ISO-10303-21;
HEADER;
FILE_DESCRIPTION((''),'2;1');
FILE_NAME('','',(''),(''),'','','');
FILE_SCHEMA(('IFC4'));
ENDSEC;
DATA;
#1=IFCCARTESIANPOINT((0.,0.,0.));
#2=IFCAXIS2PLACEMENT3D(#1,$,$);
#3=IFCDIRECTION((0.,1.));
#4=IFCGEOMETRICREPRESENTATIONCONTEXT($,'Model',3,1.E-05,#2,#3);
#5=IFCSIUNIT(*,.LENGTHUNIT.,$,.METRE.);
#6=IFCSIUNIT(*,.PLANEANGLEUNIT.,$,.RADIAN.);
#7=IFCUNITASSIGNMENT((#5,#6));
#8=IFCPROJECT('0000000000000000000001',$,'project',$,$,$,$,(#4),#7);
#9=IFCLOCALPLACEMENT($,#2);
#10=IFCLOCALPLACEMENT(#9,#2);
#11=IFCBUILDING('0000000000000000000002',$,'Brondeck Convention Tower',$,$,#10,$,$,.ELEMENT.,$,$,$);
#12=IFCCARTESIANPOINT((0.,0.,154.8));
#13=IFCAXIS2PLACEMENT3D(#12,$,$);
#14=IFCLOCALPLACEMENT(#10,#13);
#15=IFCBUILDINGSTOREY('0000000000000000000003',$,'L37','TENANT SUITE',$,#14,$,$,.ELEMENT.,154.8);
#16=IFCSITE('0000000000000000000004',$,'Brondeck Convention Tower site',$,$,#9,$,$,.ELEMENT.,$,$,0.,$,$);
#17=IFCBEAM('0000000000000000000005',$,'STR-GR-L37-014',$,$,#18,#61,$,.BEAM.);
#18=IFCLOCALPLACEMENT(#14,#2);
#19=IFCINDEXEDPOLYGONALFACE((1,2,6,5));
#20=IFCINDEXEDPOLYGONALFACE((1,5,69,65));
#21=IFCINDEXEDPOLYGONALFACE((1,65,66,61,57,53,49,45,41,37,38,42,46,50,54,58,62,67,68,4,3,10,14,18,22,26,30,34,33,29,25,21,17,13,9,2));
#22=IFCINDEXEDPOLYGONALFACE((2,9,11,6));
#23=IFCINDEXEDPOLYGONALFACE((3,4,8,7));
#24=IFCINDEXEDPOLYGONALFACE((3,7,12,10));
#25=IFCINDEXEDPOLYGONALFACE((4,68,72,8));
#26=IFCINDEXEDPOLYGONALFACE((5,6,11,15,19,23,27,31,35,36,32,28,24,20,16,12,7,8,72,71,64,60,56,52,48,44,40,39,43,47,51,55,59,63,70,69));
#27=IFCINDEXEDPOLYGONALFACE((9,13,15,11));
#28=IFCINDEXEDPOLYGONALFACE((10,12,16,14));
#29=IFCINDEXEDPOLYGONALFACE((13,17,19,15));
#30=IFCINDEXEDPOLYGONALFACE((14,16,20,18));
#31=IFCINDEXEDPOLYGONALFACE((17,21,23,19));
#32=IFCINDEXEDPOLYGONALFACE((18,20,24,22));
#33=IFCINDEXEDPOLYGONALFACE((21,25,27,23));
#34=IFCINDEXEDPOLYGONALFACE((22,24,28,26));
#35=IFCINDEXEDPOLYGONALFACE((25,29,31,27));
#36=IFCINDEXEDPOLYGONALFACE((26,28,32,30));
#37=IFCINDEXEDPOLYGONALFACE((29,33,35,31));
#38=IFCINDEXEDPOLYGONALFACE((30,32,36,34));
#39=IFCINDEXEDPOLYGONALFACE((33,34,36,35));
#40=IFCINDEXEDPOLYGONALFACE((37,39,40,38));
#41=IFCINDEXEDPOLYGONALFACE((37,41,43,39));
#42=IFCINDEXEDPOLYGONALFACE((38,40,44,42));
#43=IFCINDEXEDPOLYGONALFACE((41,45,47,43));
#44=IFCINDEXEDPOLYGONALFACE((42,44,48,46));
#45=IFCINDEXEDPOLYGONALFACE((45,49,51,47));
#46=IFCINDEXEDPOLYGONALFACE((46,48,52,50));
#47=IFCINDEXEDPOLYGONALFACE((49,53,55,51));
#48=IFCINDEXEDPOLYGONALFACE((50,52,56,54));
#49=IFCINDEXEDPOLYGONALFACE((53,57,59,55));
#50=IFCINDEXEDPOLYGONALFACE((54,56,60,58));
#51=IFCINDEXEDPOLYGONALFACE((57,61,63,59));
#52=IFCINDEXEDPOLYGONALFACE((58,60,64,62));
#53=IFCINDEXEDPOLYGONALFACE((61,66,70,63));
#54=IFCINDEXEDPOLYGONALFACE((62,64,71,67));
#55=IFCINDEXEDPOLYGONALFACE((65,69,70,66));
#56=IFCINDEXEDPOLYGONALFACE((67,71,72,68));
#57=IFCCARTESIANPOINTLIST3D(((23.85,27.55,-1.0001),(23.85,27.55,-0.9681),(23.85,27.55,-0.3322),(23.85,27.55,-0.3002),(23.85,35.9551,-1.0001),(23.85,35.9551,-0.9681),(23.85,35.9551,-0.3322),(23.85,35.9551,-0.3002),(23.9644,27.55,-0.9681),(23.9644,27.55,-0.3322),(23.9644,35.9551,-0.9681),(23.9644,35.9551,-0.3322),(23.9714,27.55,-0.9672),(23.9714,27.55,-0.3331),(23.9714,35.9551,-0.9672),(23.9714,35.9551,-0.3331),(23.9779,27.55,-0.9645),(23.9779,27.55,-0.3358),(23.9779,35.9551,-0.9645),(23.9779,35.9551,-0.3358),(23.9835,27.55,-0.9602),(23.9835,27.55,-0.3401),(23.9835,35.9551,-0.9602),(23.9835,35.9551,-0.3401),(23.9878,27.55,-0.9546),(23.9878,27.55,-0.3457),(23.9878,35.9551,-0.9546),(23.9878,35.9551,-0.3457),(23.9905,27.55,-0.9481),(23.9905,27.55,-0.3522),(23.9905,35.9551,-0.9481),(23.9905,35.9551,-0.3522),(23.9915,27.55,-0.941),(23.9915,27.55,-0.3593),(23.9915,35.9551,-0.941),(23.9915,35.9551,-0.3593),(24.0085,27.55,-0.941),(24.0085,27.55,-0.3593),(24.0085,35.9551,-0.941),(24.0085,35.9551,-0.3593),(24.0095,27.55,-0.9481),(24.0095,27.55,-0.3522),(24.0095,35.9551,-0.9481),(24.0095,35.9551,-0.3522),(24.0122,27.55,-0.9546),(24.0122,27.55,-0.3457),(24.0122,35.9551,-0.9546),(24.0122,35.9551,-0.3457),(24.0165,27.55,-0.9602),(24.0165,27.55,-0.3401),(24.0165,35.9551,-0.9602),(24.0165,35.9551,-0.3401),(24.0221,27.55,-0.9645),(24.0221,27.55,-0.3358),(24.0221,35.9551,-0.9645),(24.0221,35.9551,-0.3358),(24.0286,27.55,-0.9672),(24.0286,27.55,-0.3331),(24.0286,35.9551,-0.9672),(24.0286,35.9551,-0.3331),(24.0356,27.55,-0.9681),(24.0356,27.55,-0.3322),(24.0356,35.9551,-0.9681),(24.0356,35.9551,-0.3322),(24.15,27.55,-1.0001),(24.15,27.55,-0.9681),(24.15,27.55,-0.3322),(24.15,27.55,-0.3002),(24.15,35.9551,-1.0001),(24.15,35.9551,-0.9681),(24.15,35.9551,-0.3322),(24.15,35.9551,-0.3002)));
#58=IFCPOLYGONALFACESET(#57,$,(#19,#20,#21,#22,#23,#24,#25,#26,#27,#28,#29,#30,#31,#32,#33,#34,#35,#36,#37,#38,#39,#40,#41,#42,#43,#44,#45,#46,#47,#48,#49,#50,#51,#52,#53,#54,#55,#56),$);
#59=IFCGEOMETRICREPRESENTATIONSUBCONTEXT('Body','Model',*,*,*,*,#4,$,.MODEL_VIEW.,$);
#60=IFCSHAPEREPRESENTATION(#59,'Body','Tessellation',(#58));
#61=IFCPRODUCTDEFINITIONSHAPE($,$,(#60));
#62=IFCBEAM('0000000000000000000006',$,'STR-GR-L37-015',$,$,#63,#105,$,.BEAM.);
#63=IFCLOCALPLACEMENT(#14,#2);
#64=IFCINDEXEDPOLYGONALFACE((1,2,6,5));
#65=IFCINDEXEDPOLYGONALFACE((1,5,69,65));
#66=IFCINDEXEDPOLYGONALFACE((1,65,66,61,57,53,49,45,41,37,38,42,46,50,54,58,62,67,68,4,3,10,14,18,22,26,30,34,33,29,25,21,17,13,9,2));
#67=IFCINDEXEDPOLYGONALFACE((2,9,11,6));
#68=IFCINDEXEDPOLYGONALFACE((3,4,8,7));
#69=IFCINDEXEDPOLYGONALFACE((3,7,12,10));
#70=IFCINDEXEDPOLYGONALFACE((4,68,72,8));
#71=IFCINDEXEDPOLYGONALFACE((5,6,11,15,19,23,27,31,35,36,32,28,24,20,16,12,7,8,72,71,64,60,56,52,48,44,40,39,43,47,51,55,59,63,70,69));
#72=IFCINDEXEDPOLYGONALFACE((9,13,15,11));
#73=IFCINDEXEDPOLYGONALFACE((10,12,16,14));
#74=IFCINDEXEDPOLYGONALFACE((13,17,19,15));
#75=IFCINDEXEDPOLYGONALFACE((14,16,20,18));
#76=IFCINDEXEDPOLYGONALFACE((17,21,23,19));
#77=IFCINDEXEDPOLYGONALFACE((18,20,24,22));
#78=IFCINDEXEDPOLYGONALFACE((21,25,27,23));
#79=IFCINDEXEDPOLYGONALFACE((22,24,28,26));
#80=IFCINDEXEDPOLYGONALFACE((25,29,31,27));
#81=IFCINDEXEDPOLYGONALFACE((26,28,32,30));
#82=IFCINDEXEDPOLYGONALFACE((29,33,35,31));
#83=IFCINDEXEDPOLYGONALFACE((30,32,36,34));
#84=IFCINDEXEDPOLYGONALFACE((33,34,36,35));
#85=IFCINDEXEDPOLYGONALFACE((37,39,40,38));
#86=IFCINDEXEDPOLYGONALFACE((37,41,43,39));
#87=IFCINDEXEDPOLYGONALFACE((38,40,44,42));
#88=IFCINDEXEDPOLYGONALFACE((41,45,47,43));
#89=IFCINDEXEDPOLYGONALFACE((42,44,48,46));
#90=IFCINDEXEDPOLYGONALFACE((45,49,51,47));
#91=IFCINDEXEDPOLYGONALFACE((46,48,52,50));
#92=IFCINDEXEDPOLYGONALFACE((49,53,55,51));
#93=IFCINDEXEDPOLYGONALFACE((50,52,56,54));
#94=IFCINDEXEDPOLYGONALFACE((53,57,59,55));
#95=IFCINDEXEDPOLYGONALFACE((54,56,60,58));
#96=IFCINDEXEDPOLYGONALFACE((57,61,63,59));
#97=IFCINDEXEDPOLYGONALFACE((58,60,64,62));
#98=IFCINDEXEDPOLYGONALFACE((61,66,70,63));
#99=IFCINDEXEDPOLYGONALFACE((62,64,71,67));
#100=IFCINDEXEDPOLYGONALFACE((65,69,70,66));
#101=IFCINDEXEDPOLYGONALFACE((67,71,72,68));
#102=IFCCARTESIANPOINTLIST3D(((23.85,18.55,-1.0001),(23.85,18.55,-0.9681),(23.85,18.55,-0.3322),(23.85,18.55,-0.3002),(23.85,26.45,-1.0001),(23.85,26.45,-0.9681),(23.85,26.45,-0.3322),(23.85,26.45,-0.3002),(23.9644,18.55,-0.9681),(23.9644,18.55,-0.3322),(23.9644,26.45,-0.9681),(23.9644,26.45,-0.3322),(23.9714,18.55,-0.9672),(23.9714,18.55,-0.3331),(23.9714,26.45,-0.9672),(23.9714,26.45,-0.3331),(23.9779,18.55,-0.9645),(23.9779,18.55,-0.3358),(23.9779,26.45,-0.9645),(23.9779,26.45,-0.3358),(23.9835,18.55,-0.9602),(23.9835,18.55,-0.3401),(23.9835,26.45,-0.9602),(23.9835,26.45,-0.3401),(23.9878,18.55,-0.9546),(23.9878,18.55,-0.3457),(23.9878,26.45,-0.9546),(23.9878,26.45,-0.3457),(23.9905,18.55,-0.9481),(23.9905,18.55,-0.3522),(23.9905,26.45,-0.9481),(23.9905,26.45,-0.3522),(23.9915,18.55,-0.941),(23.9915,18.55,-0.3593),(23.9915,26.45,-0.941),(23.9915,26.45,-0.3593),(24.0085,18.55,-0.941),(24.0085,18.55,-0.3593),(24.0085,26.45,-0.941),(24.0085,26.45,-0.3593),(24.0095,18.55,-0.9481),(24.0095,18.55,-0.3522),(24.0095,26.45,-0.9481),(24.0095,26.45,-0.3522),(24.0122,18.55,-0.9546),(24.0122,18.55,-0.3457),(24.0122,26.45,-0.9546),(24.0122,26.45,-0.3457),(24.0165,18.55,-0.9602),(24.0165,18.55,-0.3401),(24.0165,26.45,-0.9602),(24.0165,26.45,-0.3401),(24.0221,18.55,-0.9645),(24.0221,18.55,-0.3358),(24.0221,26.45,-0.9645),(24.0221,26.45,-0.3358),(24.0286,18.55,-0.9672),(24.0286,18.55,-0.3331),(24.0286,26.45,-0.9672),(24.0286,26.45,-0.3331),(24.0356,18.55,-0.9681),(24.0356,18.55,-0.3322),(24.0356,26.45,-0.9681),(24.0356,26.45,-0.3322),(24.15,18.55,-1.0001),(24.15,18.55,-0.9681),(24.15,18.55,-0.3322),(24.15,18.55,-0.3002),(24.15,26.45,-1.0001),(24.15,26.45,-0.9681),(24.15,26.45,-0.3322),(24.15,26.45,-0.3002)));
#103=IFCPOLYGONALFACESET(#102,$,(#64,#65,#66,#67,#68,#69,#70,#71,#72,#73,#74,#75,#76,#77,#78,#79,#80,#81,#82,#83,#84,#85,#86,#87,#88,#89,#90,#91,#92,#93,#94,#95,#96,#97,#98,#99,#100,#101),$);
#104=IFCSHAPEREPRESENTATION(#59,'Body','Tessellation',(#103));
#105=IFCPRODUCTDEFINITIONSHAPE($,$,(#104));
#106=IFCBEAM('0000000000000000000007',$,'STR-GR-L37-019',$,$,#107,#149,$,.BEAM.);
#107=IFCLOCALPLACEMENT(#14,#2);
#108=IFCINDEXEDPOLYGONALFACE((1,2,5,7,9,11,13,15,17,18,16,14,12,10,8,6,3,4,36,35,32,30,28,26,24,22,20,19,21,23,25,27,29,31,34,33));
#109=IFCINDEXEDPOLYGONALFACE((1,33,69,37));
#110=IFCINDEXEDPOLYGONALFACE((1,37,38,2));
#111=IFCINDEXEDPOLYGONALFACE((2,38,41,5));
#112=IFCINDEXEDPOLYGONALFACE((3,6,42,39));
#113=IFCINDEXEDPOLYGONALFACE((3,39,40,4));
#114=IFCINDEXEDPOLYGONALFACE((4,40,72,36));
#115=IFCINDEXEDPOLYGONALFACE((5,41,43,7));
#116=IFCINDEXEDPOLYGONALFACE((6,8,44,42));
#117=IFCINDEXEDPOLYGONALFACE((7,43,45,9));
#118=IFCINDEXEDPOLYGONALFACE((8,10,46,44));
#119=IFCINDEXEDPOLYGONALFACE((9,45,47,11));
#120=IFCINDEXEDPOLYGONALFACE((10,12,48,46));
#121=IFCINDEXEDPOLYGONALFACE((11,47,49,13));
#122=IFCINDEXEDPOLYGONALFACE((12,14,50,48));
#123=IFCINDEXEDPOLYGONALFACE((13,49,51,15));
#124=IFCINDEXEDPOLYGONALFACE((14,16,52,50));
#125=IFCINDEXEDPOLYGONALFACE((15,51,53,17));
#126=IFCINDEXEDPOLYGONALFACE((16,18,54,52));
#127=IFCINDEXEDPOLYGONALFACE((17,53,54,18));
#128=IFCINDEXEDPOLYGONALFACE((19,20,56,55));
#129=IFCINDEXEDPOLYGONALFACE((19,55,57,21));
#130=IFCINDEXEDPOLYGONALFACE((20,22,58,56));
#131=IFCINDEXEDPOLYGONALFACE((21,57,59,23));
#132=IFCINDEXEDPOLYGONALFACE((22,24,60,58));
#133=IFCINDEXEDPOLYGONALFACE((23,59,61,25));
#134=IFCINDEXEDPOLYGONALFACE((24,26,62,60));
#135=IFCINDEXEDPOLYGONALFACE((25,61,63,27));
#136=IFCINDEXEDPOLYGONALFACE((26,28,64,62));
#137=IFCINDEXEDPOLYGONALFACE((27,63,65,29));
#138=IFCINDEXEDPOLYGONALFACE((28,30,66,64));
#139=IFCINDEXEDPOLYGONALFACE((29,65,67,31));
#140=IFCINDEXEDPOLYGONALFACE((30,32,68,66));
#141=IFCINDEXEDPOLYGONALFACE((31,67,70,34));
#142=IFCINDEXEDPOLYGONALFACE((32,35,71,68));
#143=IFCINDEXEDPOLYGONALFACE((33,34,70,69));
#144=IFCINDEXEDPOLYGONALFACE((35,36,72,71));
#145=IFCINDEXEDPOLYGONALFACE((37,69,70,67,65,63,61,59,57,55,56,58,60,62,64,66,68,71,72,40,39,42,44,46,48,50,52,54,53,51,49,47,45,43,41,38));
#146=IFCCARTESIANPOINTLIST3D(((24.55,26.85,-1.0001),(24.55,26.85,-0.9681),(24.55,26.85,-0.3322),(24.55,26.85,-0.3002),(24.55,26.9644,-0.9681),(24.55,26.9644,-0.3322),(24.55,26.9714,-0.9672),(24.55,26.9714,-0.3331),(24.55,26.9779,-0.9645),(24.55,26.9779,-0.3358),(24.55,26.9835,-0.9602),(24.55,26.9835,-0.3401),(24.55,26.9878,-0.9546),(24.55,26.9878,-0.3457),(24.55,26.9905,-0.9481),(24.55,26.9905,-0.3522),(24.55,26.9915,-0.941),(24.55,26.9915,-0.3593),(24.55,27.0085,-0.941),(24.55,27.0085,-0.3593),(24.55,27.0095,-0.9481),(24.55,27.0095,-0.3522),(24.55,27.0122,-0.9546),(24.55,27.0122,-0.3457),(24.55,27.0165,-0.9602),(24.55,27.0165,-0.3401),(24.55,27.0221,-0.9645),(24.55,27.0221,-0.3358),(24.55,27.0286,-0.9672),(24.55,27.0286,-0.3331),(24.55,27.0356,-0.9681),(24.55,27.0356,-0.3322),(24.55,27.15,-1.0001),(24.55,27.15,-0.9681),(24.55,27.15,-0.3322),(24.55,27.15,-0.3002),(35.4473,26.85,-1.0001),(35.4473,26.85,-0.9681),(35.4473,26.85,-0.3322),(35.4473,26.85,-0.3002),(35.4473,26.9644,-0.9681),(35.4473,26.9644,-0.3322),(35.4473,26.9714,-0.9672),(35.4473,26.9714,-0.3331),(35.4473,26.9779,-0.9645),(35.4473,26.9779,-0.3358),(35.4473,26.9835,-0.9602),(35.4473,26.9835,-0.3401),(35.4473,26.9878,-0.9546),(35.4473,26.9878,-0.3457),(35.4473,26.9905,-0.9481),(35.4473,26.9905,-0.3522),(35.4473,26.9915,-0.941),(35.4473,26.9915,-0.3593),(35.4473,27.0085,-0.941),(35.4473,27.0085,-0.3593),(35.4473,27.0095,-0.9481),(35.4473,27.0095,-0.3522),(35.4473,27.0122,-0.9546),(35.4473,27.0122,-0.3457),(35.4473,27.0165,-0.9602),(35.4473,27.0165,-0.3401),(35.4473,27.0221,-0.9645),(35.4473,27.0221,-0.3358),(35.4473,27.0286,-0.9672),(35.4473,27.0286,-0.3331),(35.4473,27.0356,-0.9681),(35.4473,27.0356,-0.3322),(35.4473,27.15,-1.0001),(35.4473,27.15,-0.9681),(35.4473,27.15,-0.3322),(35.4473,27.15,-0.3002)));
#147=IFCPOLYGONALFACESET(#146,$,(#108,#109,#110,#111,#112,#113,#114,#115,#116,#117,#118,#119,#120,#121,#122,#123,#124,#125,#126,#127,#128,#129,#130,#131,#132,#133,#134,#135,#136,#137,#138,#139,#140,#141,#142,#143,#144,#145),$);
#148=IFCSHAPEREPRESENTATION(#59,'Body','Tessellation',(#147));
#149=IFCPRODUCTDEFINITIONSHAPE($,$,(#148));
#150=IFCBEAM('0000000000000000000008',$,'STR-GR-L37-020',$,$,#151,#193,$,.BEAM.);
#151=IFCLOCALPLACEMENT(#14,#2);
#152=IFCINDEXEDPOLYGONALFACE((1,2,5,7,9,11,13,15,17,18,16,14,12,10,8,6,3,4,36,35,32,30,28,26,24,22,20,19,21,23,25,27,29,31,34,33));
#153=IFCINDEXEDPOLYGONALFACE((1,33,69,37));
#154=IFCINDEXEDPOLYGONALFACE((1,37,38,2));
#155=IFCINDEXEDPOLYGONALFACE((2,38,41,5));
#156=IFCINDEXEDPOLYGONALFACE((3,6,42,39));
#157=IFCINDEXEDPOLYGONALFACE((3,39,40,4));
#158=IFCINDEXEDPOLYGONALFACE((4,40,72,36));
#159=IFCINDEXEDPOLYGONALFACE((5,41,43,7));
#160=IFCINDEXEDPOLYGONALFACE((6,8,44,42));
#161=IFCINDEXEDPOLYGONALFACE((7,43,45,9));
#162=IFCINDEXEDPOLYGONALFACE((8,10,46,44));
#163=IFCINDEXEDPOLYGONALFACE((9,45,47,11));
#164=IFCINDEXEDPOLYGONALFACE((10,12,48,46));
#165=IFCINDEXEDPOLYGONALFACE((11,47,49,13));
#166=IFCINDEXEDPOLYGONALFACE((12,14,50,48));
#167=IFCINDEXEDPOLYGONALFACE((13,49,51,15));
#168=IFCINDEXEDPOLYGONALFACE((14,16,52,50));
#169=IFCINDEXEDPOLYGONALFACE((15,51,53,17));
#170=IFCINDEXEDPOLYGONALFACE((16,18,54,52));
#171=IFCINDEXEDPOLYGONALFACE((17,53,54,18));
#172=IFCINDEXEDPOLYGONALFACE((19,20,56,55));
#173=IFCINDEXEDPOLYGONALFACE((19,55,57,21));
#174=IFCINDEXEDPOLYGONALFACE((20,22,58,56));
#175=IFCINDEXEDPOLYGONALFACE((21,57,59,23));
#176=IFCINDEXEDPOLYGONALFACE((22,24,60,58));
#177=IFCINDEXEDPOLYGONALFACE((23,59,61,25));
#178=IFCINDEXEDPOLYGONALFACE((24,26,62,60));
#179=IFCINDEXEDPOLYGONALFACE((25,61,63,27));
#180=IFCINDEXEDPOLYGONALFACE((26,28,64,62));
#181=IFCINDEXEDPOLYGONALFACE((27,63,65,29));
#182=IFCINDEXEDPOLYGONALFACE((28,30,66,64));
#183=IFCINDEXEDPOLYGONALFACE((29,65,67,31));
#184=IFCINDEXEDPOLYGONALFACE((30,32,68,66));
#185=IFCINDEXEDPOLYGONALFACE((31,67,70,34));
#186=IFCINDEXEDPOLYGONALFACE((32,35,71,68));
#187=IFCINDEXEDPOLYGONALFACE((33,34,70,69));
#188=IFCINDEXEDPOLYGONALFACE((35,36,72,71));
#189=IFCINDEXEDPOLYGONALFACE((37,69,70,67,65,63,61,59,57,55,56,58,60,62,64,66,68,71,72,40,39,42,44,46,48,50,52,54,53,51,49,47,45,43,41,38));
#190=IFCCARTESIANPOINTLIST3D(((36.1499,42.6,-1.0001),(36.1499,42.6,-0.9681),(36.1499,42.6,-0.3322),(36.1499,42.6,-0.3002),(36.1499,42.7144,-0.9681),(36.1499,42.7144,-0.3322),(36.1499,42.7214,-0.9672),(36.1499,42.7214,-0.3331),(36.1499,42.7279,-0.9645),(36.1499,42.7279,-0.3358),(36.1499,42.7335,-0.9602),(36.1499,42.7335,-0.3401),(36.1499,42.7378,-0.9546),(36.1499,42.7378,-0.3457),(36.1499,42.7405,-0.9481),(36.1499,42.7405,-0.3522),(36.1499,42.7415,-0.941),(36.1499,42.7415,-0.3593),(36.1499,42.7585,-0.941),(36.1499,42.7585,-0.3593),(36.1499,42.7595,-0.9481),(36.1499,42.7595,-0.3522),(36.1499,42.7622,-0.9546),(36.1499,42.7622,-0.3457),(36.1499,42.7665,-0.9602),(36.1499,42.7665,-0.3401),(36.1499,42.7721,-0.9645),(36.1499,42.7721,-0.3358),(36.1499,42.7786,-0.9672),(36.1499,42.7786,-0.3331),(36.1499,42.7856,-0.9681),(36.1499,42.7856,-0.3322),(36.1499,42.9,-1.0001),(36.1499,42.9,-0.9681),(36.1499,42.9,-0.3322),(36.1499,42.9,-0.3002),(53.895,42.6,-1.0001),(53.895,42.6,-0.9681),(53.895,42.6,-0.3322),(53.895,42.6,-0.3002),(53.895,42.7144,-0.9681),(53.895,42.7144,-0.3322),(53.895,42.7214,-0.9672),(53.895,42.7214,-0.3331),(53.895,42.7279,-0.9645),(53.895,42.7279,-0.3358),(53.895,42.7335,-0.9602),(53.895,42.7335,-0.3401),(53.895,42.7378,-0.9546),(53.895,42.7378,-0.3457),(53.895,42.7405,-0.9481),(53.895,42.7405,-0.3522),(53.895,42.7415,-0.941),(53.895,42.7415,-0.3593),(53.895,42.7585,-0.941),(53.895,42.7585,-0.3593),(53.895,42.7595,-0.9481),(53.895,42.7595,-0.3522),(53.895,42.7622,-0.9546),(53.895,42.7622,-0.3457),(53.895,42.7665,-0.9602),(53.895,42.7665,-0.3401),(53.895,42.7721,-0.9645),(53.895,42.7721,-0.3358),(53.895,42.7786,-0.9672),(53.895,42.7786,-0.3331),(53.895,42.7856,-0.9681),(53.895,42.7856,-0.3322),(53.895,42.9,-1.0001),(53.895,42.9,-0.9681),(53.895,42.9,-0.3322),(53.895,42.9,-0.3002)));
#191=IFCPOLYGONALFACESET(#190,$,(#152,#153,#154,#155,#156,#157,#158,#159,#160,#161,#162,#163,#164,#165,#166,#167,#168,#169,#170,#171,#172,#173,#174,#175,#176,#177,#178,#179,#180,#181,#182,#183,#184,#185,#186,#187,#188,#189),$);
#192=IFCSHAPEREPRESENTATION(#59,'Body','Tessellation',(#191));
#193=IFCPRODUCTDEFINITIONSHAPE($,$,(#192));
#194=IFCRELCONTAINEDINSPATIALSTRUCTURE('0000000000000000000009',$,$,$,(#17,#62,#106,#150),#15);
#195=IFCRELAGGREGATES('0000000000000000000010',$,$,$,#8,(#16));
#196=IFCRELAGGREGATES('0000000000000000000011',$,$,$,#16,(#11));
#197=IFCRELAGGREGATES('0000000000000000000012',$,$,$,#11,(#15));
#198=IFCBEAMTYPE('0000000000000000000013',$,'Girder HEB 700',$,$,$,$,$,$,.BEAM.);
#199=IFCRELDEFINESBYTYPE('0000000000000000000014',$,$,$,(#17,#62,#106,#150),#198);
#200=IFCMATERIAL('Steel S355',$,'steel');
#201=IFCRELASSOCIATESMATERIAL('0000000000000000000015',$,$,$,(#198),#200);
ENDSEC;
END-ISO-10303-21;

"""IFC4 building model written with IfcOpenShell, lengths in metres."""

from ifc_helpers import new_model, si_unit, direction, frame, origin, origin_2d, place, context, subcontext, project, spatial, i_section, extrude, material, material_profile, profile_set, type_object, element, save


model = new_model("IFC4")

# Units and contexts
model_context = context("Model", 3, precision=1e-05, world=origin(), true_north=direction((0.0, 1.0)))
body_context = subcontext(model_context, "Body", "Model", "MODEL_VIEW")
ifc_project = project(units=[si_unit("LENGTHUNIT", "METRE"), si_unit("PLANEANGLEUNIT", "RADIAN")], contexts=[model_context])

# Site, building, storey
site_placement = place(None, origin())
site = spatial("IfcSite", under=ifc_project, at=site_placement, Name="Brondeck Convention Tower site", CompositionType="ELEMENT", RefElevation=0.0)
building_placement = place(site_placement, origin())
building = spatial("IfcBuilding", under=site, at=building_placement, Name="Brondeck Convention Tower", CompositionType="ELEMENT")
storey_placement = place(building_placement, frame((0.0, 0.0, 154.8)))
storey = spatial("IfcBuildingStorey", under=building, at=storey_placement, Name="L37", Description="TENANT SUITE", CompositionType="ELEMENT", Elevation=154.8)

# Beams
ifc_material_1 = material(Name="Steel S355", Category="steel")
ifc_material_profile_1 = material_profile(ifc_material_1, i_section(OverallWidth=0.3, OverallDepth=0.7, WebThickness=0.0171, FlangeThickness=0.032, FilletRadius=0.0271, at=origin_2d()), Name="HEB 700")
ifc_profile_set_1 = profile_set([ifc_material_profile_1], Name="Steel S355")
beam_type_1 = type_object("IfcBeamType", Name="Girder HEB 700", PredefinedType="BEAM", material=ifc_profile_set_1)
beam_1_placement = place(storey_placement, frame((24.0, 35.9551, -0.6501), z_axis=(0.0, -1.0, 0.0), x_axis=(1.0, 0.0, 0.0)))
element("IfcBeam", 1, at=beam_1_placement, inside=storey, type_object=beam_type_1, Name="STR-GR-L37-014", PredefinedType="BEAM", context=body_context, shape_type="SweptSolid", body=[
    extrude(i_section(OverallWidth=0.3, OverallDepth=0.7, WebThickness=0.0171, FlangeThickness=0.032, FilletRadius=0.0271, at=origin_2d()), origin(), (0.0, 0.0, 1.0), 8.405),
])
beam_2_placement = place(storey_placement, frame((24.0, 26.45, -0.6501), z_axis=(0.0, -1.0, 0.0), x_axis=(1.0, 0.0, 0.0)))
element("IfcBeam", 2, at=beam_2_placement, inside=storey, type_object=beam_type_1, Name="STR-GR-L37-015", PredefinedType="BEAM", context=body_context, shape_type="SweptSolid", body=[
    extrude(i_section(OverallWidth=0.3, OverallDepth=0.7, WebThickness=0.0171, FlangeThickness=0.032, FilletRadius=0.0271, at=origin_2d()), origin(), (0.0, 0.0, 1.0), 7.8999),
])
beam_3_placement = place(storey_placement, frame((24.55, 27.0, -0.6501), z_axis=(1.0, 0.0, 0.0), x_axis=(0.0, 1.0, 0.0)))
element("IfcBeam", 3, at=beam_3_placement, inside=storey, type_object=beam_type_1, Name="STR-GR-L37-019", PredefinedType="BEAM", context=body_context, shape_type="SweptSolid", body=[
    extrude(i_section(OverallWidth=0.3, OverallDepth=0.7, WebThickness=0.0171, FlangeThickness=0.032, FilletRadius=0.0271, at=origin_2d()), origin(), (0.0, 0.0, 1.0), 10.8972),
])
beam_4_placement = place(storey_placement, frame((36.1499, 42.75, -0.6501), z_axis=(1.0, 0.0, 0.0), x_axis=(0.0, 1.0, 0.0)))
element("IfcBeam", 4, at=beam_4_placement, inside=storey, type_object=beam_type_1, Name="STR-GR-L37-020", PredefinedType="BEAM", context=body_context, shape_type="SweptSolid", body=[
    extrude(i_section(OverallWidth=0.3, OverallDepth=0.7, WebThickness=0.0171, FlangeThickness=0.032, FilletRadius=0.0271, at=origin_2d()), origin(), (0.0, 0.0, 1.0), 17.7451),
])

save(model, "model.ifc")
